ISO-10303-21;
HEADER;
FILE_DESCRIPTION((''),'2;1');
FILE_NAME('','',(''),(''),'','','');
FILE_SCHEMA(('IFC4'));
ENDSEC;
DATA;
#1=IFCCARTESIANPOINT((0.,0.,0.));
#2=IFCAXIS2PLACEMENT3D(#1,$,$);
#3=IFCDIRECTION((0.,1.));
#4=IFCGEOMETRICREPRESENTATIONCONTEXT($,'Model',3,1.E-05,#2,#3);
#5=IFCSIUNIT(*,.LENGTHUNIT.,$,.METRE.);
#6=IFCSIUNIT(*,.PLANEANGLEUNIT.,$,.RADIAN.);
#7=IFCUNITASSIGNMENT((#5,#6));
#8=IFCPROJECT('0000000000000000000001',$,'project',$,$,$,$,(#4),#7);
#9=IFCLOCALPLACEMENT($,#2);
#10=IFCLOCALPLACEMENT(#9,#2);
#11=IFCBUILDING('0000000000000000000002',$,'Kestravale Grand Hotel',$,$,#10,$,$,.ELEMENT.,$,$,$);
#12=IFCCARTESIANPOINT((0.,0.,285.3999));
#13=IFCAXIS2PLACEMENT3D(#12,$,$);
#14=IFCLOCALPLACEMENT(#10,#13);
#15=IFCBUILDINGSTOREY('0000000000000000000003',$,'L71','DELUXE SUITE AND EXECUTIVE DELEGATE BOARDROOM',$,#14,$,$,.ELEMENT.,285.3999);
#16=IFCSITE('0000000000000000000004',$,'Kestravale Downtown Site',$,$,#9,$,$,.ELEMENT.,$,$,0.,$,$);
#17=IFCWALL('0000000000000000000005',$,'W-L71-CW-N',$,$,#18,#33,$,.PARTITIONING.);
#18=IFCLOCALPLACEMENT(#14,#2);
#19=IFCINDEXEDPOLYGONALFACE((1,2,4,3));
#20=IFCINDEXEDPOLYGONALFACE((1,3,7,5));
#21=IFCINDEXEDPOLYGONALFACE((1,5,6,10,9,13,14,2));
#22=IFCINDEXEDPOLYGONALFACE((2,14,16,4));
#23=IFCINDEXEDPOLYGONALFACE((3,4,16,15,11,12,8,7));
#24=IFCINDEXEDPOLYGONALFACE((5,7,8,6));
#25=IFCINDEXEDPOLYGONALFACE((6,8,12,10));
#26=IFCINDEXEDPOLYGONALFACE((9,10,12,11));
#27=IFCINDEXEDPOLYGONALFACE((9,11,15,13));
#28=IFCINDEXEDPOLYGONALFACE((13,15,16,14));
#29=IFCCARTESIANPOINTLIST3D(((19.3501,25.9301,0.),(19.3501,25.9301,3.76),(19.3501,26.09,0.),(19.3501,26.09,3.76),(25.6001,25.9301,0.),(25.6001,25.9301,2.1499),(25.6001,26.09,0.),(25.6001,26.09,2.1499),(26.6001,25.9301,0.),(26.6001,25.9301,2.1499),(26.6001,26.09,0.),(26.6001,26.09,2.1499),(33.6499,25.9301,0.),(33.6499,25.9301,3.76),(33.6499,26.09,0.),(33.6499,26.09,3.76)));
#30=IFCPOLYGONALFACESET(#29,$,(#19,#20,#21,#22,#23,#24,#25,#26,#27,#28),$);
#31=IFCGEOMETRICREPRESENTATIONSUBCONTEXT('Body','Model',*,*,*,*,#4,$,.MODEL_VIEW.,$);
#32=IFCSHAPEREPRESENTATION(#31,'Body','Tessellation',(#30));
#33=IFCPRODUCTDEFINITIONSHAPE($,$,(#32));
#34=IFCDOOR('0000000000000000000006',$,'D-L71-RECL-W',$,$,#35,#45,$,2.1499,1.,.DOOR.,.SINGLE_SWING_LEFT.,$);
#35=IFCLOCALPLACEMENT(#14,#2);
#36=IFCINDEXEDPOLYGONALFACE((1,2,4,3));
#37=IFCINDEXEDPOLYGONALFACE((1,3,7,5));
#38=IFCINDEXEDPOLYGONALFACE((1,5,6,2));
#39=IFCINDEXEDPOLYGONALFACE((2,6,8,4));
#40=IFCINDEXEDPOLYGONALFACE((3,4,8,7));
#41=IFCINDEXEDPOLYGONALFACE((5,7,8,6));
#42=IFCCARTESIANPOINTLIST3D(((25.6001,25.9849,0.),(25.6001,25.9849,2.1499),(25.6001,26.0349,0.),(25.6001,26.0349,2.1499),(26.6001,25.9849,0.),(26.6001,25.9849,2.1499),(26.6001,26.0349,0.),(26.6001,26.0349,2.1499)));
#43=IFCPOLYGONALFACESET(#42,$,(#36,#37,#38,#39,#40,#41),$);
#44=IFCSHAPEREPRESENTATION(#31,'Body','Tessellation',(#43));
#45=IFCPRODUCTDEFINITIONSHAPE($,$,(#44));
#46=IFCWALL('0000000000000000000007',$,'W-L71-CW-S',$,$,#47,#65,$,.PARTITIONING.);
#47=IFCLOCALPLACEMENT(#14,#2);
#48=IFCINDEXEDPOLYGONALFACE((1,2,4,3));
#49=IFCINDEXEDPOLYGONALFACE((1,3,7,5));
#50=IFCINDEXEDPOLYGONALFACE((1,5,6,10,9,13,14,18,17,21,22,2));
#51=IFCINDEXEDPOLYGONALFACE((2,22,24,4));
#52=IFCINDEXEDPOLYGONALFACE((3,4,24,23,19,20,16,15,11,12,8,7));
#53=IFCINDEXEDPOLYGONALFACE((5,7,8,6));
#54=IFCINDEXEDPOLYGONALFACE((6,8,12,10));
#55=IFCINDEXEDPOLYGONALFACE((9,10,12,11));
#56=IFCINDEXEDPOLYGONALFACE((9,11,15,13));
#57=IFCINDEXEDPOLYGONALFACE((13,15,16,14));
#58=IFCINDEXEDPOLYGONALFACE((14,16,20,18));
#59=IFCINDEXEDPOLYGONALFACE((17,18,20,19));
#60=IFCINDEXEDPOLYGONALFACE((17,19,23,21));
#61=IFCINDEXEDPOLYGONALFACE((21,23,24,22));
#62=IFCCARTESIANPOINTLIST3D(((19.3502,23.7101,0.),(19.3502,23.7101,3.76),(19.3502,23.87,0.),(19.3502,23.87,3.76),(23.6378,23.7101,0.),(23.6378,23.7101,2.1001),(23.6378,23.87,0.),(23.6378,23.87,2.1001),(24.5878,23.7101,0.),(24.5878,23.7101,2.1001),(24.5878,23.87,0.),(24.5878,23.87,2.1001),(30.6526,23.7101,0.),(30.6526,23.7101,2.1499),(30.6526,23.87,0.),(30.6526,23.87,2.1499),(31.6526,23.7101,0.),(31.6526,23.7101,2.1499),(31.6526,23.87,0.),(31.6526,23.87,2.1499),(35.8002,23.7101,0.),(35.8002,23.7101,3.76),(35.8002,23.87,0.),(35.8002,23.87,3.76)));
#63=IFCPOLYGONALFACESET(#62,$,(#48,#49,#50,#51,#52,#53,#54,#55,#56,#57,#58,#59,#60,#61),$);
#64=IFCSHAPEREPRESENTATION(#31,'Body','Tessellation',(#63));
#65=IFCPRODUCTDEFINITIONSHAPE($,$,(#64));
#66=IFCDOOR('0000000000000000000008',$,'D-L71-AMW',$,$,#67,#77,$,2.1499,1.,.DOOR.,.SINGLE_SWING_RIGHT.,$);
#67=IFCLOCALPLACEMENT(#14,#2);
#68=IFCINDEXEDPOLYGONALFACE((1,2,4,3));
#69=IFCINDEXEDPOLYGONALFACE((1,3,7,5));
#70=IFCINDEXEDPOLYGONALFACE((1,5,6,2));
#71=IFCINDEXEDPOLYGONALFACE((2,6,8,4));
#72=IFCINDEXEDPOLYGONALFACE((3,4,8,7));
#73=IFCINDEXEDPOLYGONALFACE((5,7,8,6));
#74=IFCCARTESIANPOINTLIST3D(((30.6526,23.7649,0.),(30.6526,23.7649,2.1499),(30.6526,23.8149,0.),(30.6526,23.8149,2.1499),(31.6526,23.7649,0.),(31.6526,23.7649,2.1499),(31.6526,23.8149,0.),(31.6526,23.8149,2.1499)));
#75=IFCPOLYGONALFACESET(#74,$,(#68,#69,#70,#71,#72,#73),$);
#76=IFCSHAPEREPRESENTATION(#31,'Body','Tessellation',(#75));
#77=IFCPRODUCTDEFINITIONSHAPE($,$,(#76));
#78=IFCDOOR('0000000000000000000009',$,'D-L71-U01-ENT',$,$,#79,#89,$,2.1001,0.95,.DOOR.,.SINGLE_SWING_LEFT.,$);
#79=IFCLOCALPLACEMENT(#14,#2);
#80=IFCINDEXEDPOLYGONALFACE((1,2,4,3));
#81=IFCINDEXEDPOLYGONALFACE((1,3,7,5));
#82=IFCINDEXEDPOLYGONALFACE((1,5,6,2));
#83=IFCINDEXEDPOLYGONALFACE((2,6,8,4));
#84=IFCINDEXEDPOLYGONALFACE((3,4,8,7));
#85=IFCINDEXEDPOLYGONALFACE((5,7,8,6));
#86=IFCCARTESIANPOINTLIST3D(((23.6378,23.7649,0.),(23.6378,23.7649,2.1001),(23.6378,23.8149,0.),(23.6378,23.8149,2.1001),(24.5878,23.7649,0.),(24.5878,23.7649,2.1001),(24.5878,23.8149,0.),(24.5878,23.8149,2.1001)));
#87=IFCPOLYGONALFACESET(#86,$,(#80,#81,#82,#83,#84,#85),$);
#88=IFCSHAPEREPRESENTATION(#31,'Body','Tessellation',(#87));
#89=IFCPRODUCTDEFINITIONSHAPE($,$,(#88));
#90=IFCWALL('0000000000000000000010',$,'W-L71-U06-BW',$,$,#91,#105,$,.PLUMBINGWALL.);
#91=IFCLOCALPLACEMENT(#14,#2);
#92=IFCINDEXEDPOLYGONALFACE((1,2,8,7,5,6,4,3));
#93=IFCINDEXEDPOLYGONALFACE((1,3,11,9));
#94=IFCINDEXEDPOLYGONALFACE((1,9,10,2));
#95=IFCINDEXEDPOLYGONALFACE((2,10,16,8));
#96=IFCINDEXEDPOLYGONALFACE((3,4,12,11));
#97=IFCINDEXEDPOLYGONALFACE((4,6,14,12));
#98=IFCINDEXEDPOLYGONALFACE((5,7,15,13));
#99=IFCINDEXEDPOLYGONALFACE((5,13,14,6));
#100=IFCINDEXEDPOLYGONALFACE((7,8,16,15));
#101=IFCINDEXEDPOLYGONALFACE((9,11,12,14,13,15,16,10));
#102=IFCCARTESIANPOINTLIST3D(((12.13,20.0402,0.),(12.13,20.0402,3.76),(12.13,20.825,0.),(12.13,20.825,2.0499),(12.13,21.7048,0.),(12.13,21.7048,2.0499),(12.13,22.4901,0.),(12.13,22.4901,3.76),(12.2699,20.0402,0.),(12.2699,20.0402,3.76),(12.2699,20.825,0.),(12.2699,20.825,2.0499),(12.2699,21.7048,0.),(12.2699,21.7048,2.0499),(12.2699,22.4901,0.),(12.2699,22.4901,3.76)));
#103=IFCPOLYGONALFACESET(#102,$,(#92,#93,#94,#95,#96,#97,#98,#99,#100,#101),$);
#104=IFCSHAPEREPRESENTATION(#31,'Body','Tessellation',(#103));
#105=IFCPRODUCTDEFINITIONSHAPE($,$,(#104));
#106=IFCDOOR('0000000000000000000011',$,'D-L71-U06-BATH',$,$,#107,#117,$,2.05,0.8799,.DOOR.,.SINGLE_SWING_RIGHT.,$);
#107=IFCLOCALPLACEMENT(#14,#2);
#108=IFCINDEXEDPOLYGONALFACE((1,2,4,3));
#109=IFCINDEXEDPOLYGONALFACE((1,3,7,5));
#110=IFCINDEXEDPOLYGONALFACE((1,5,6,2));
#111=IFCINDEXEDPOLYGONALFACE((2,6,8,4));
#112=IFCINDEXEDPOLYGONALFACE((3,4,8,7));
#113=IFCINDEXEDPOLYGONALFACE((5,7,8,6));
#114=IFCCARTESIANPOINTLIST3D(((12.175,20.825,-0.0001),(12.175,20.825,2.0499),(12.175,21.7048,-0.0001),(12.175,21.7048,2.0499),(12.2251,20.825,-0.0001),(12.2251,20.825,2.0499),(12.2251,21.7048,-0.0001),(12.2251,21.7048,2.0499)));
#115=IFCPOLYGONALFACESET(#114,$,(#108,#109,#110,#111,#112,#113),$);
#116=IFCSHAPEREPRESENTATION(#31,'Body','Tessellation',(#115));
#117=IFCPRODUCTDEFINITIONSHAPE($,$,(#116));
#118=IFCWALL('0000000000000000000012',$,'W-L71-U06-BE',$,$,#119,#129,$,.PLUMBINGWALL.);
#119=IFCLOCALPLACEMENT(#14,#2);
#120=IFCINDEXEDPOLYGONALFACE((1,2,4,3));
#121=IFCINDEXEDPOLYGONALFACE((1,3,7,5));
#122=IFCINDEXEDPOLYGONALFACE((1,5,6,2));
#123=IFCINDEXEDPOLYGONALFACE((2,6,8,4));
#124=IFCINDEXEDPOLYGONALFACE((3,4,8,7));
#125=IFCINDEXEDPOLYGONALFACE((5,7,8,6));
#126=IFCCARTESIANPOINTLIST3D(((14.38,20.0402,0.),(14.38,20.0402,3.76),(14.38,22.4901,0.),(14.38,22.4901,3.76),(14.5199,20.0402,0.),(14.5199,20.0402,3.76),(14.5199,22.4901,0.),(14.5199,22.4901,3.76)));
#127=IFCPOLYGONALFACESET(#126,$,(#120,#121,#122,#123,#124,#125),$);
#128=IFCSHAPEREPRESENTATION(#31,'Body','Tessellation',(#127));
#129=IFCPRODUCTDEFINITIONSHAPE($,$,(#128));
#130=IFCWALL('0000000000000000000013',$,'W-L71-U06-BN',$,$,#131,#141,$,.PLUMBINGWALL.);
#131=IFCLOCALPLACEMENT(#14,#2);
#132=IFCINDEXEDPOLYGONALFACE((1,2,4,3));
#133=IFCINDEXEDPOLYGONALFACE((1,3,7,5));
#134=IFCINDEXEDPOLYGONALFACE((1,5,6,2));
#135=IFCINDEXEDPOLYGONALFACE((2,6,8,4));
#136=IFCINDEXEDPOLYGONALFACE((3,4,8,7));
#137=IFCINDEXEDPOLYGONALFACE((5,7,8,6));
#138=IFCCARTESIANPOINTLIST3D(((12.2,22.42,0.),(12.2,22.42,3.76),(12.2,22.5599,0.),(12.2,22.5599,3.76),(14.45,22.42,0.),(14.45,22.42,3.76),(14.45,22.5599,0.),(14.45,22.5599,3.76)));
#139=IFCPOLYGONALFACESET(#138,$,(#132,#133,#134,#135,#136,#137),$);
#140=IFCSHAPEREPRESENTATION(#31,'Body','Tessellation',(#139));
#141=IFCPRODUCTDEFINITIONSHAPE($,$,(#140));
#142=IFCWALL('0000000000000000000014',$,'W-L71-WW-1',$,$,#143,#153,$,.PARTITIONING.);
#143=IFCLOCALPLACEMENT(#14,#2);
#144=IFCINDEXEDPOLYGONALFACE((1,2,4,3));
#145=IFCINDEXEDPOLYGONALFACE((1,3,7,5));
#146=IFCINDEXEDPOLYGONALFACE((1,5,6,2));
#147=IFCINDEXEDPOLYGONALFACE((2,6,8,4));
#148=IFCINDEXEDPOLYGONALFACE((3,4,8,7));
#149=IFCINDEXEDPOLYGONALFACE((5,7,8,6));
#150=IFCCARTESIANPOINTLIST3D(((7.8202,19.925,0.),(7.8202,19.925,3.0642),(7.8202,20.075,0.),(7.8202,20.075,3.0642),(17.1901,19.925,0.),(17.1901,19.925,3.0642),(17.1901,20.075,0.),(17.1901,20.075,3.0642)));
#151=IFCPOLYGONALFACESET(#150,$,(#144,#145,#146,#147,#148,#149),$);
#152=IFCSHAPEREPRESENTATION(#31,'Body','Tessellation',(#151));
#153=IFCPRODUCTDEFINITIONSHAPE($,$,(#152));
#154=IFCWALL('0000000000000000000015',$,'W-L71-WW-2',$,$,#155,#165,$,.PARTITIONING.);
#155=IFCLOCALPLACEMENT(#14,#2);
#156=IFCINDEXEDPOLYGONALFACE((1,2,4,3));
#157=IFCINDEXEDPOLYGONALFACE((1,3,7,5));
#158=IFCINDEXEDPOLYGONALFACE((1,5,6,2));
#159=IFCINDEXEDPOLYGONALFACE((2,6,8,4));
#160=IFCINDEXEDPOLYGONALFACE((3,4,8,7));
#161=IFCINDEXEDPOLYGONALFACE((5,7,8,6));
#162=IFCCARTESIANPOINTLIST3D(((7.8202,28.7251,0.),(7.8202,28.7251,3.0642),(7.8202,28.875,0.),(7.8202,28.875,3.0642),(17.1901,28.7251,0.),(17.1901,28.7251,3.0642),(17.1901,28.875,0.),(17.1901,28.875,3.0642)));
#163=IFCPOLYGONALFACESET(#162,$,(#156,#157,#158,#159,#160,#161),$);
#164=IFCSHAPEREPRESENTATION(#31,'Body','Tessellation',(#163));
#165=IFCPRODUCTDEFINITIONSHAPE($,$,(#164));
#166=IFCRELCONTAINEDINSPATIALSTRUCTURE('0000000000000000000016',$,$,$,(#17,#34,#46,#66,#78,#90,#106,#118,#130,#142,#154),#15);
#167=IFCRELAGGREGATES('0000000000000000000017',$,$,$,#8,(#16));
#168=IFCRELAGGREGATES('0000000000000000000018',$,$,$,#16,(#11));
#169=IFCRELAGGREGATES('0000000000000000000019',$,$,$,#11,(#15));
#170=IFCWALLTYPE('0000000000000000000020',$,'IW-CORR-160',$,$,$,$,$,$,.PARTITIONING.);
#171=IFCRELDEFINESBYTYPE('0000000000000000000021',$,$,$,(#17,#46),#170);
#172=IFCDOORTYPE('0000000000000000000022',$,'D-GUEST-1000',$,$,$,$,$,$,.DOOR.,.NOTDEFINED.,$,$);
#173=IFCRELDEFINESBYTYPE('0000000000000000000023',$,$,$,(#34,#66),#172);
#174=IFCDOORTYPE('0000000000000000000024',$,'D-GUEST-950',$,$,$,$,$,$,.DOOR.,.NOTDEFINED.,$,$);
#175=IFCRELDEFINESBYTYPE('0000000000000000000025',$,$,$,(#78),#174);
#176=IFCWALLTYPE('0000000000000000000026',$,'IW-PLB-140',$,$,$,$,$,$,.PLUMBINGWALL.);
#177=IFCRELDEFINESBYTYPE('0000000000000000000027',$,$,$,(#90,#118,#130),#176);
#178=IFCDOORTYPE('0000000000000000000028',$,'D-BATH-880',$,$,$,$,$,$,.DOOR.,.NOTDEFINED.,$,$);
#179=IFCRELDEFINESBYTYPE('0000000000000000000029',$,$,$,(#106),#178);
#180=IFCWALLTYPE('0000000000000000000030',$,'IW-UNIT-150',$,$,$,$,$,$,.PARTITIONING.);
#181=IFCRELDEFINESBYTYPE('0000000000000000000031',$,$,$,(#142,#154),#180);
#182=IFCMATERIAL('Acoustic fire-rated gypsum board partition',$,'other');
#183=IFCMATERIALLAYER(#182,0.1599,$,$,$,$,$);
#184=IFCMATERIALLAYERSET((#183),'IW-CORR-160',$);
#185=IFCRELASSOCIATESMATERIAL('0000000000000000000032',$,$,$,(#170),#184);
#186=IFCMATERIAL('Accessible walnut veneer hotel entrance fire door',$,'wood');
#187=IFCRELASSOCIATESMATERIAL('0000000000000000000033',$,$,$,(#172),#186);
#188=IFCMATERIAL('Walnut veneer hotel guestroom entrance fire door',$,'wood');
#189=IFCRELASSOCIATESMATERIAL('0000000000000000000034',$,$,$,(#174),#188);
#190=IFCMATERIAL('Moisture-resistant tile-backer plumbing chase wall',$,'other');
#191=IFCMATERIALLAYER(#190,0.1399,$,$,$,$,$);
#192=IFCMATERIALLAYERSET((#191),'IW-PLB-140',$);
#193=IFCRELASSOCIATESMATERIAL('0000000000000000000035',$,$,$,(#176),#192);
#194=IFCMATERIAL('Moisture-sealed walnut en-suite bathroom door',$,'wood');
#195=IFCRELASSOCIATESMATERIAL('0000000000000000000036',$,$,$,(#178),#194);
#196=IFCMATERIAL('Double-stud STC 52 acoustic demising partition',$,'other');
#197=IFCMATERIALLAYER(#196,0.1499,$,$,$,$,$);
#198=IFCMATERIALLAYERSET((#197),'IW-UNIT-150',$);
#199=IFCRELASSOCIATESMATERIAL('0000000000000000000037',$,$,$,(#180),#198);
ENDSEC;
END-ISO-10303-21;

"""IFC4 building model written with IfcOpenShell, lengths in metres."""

from ifc_helpers import new_model, si_unit, direction, frame, frame_2d, origin, place, context, subcontext, project, spatial, rectangle, extrude, material, layer, layer_set, type_object, element, fill, save


model = new_model("IFC4")

# Units and contexts
model_context = context("Model", 3, precision=1e-05, world=origin(), true_north=direction((0.0, 1.0)))
body_context = subcontext(model_context, "Body", "Model", "MODEL_VIEW")
ifc_project = project(units=[si_unit("LENGTHUNIT", "METRE"), si_unit("PLANEANGLEUNIT", "RADIAN")], contexts=[model_context])

# Site, building, storey
site_placement = place(None, origin())
site = spatial("IfcSite", under=ifc_project, at=site_placement, Name="Kestravale Downtown Site", CompositionType="ELEMENT", RefElevation=0.0)
building_placement = place(site_placement, origin())
building = spatial("IfcBuilding", under=site, at=building_placement, Name="Kestravale Grand Hotel", CompositionType="ELEMENT")
storey_placement = place(building_placement, frame((0.0, 0.0, 285.3999)))
storey = spatial("IfcBuildingStorey", under=building, at=storey_placement, Name="L71", Description="DELUXE SUITE AND EXECUTIVE DELEGATE BOARDROOM", CompositionType="ELEMENT", Elevation=285.3999)

# Wall, opening, door
ifc_material_1 = material(Name="Acoustic fire-rated gypsum board partition", Category="other")
ifc_layer_1 = layer(ifc_material_1, 0.1599)
ifc_layer_set_1 = layer_set([ifc_layer_1], Name="IW-CORR-160")
wall_type_1 = type_object("IfcWallType", Name="IW-CORR-160", PredefinedType="PARTITIONING", material=ifc_layer_set_1)
wall_1_placement = place(storey_placement, frame((19.3501, 26.01, 0.0), z_axis=(0.0, 0.0, 1.0), x_axis=(1.0, 0.0, 0.0)))
wall_1 = element("IfcWall", 1, at=wall_1_placement, inside=storey, type_object=wall_type_1, Name="W-L71-CW-N", PredefinedType="PARTITIONING", context=body_context, shape_type="SweptSolid", body=[
    extrude(rectangle(XDim=14.2998, YDim=0.1599, at=frame_2d((7.1499, 0.0))), origin(), (0.0, 0.0, 1.0), 3.76),
])
opening_1_placement = place(wall_1_placement, frame((6.25, 0.0, 0.0)))
opening_1 = element("IfcOpeningElement", 2, at=opening_1_placement, cuts=wall_1, PredefinedType="OPENING", context=body_context, shape_type="SweptSolid", body=[
    extrude(rectangle(XDim=1.0, YDim=2.1499, at=frame_2d((0.5, 1.075))), frame((0.0, 0.0898, 0.0), z_axis=(0.0, -1.0, 0.0), x_axis=(1.0, 0.0, 0.0)), (0.0, 0.0, 1.0), 0.1799),
])
ifc_material_2 = material(Name="Accessible walnut veneer hotel entrance fire door", Category="wood")
door_type_1 = type_object("IfcDoorType", Name="D-GUEST-1000", OperationType="NOTDEFINED", PredefinedType="DOOR", material=ifc_material_2)
door_1_placement = place(opening_1_placement, origin())
door_1 = element("IfcDoor", 3, at=door_1_placement, inside=storey, type_object=door_type_1, Name="D-L71-RECL-W", OperationType="SINGLE_SWING_LEFT", OverallHeight=2.1499, OverallWidth=1.0, PredefinedType="DOOR", context=body_context, shape_type="SweptSolid", body=[
    extrude(rectangle(XDim=1.0, YDim=2.1499, at=frame_2d((0.5, 1.075))), frame((0.0, 0.0249, 0.0), z_axis=(0.0, -1.0, 0.0), x_axis=(1.0, 0.0, 0.0)), (0.0, 0.0, 1.0), 0.05),
])
fill(opening_1, door_1)

# Wall, openings, doors
wall_2_placement = place(storey_placement, frame((19.3501, 23.79, 0.0), z_axis=(0.0, 0.0, 1.0), x_axis=(1.0, 0.0, 0.0)))
wall_2 = element("IfcWall", 4, at=wall_2_placement, inside=storey, type_object=wall_type_1, Name="W-L71-CW-S", PredefinedType="PARTITIONING", context=body_context, shape_type="SweptSolid", body=[
    extrude(rectangle(XDim=16.45, YDim=0.1599, at=frame_2d((8.2251, 0.0))), origin(), (0.0, 0.0, 1.0), 3.76),
])
opening_2_placement = place(wall_2_placement, frame((4.2876, 0.0, 0.0)))
opening_2 = element("IfcOpeningElement", 5, at=opening_2_placement, cuts=wall_2, PredefinedType="OPENING", context=body_context, shape_type="SweptSolid", body=[
    extrude(rectangle(XDim=0.95, YDim=2.1001, at=frame_2d((0.4751, 1.05))), frame((0.0, 0.0898, 0.0), z_axis=(0.0, -1.0, 0.0), x_axis=(1.0, 0.0, 0.0)), (0.0, 0.0, 1.0), 0.1799),
])
opening_3_placement = place(wall_2_placement, frame((11.3025, 0.0, 0.0)))
opening_3 = element("IfcOpeningElement", 6, at=opening_3_placement, cuts=wall_2, PredefinedType="OPENING", context=body_context, shape_type="SweptSolid", body=[
    extrude(rectangle(XDim=1.0, YDim=2.1499, at=frame_2d((0.5, 1.075))), frame((0.0, 0.0898, 0.0), z_axis=(0.0, -1.0, 0.0), x_axis=(1.0, 0.0, 0.0)), (0.0, 0.0, 1.0), 0.1799),
])
door_2_placement = place(opening_3_placement, origin())
door_2 = element("IfcDoor", 7, at=door_2_placement, inside=storey, type_object=door_type_1, Name="D-L71-AMW", OperationType="SINGLE_SWING_RIGHT", OverallHeight=2.1499, OverallWidth=1.0, PredefinedType="DOOR", context=body_context, shape_type="SweptSolid", body=[
    extrude(rectangle(XDim=1.0, YDim=2.1499, at=frame_2d((0.5, 1.075))), frame((0.0, 0.0249, 0.0), z_axis=(0.0, -1.0, 0.0), x_axis=(1.0, 0.0, 0.0)), (0.0, 0.0, 1.0), 0.05),
])
fill(opening_3, door_2)
ifc_material_3 = material(Name="Walnut veneer hotel guestroom entrance fire door", Category="wood")
door_type_2 = type_object("IfcDoorType", Name="D-GUEST-950", OperationType="NOTDEFINED", PredefinedType="DOOR", material=ifc_material_3)
door_3_placement = place(opening_2_placement, origin())
door_3 = element("IfcDoor", 8, at=door_3_placement, inside=storey, type_object=door_type_2, Name="D-L71-U01-ENT", OperationType="SINGLE_SWING_LEFT", OverallHeight=2.1001, OverallWidth=0.95, PredefinedType="DOOR", context=body_context, shape_type="SweptSolid", body=[
    extrude(rectangle(XDim=0.95, YDim=2.1001, at=frame_2d((0.4751, 1.05))), frame((0.0, 0.0249, 0.0), z_axis=(0.0, -1.0, 0.0), x_axis=(1.0, 0.0, 0.0)), (0.0, 0.0, 1.0), 0.05),
])
fill(opening_2, door_3)

# Wall, opening, door
ifc_material_4 = material(Name="Moisture-resistant tile-backer plumbing chase wall", Category="other")
ifc_layer_2 = layer(ifc_material_4, 0.1399)
ifc_layer_set_2 = layer_set([ifc_layer_2], Name="IW-PLB-140")
wall_type_2 = type_object("IfcWallType", Name="IW-PLB-140", PredefinedType="PLUMBINGWALL", material=ifc_layer_set_2)
wall_3_placement = place(storey_placement, frame((12.2, 20.04, 0.0), z_axis=(0.0, 0.0, 1.0), x_axis=(0.0, 1.0, 0.0)))
wall_3 = element("IfcWall", 9, at=wall_3_placement, inside=storey, type_object=wall_type_2, Name="W-L71-U06-BW", PredefinedType="PLUMBINGWALL", context=body_context, shape_type="SweptSolid", body=[
    extrude(rectangle(XDim=2.45, YDim=0.1399, at=frame_2d((1.2251, 0.0))), origin(), (0.0, 0.0, 1.0), 3.76),
])
opening_4_placement = place(wall_3_placement, frame((0.7849, 0.0, 0.0)))
opening_4 = element("IfcOpeningElement", 10, at=opening_4_placement, cuts=wall_3, PredefinedType="OPENING", context=body_context, shape_type="SweptSolid", body=[
    extrude(rectangle(XDim=0.8799, YDim=2.05, at=frame_2d((0.4399, 1.0249))), frame((0.0, 0.0798, 0.0), z_axis=(0.0, -1.0, 0.0), x_axis=(1.0, 0.0, 0.0)), (0.0, 0.0, 1.0), 0.1599),
])
ifc_material_5 = material(Name="Moisture-sealed walnut en-suite bathroom door", Category="wood")
door_type_3 = type_object("IfcDoorType", Name="D-BATH-880", OperationType="NOTDEFINED", PredefinedType="DOOR", material=ifc_material_5)
door_4_placement = place(opening_4_placement, origin())
door_4 = element("IfcDoor", 11, at=door_4_placement, inside=storey, type_object=door_type_3, Name="D-L71-U06-BATH", OperationType="SINGLE_SWING_RIGHT", OverallHeight=2.05, OverallWidth=0.8799, PredefinedType="DOOR", context=body_context, shape_type="SweptSolid", body=[
    extrude(rectangle(XDim=0.8799, YDim=2.05, at=frame_2d((0.4399, 1.0249))), frame((0.0, 0.0249, 0.0), z_axis=(0.0, -1.0, 0.0), x_axis=(1.0, 0.0, 0.0)), (0.0, 0.0, 1.0), 0.05),
])
fill(opening_4, door_4)

# Walls
wall_4_placement = place(storey_placement, frame((14.45, 20.04, 0.0), z_axis=(0.0, 0.0, 1.0), x_axis=(0.0, 1.0, 0.0)))
element("IfcWall", 12, at=wall_4_placement, inside=storey, type_object=wall_type_2, Name="W-L71-U06-BE", PredefinedType="PLUMBINGWALL", context=body_context, shape_type="SweptSolid", body=[
    extrude(rectangle(XDim=2.45, YDim=0.1399, at=frame_2d((1.2251, 0.0))), origin(), (0.0, 0.0, 1.0), 3.76),
])
wall_5_placement = place(storey_placement, frame((12.2, 22.49, 0.0), z_axis=(0.0, 0.0, 1.0), x_axis=(1.0, 0.0, 0.0)))
element("IfcWall", 13, at=wall_5_placement, inside=storey, type_object=wall_type_2, Name="W-L71-U06-BN", PredefinedType="PLUMBINGWALL", context=body_context, shape_type="SweptSolid", body=[
    extrude(rectangle(XDim=2.25, YDim=0.1399, at=frame_2d((1.125, 0.0))), origin(), (0.0, 0.0, 1.0), 3.76),
])
ifc_material_6 = material(Name="Double-stud STC 52 acoustic demising partition", Category="other")
ifc_layer_3 = layer(ifc_material_6, 0.1499)
ifc_layer_set_3 = layer_set([ifc_layer_3], Name="IW-UNIT-150")
wall_type_3 = type_object("IfcWallType", Name="IW-UNIT-150", PredefinedType="PARTITIONING", material=ifc_layer_set_3)
for number, where, z_axis, x_axis, name in (
    (14, (7.8201, 20.0, 0.0), (0.0, 0.0, 1.0), (1.0, 0.0, 0.0), "W-L71-WW-1"),
    (15, (7.8201, 28.8, 0.0), (0.0, 0.0, 1.0), (1.0, 0.0, 0.0), "W-L71-WW-2"),
):
    element("IfcWall", number, at=place(storey_placement, frame(where, z_axis=z_axis, x_axis=x_axis)), inside=storey, type_object=wall_type_3, Name=name, PredefinedType="PARTITIONING", context=body_context, shape_type="SweptSolid", body=[
        extrude(rectangle(XDim=9.3699, YDim=0.1499, at=frame_2d((4.6851, 0.0))), origin(), (0.0, 0.0, 1.0), 3.0642),
    ])

save(model, "model.ifc")
